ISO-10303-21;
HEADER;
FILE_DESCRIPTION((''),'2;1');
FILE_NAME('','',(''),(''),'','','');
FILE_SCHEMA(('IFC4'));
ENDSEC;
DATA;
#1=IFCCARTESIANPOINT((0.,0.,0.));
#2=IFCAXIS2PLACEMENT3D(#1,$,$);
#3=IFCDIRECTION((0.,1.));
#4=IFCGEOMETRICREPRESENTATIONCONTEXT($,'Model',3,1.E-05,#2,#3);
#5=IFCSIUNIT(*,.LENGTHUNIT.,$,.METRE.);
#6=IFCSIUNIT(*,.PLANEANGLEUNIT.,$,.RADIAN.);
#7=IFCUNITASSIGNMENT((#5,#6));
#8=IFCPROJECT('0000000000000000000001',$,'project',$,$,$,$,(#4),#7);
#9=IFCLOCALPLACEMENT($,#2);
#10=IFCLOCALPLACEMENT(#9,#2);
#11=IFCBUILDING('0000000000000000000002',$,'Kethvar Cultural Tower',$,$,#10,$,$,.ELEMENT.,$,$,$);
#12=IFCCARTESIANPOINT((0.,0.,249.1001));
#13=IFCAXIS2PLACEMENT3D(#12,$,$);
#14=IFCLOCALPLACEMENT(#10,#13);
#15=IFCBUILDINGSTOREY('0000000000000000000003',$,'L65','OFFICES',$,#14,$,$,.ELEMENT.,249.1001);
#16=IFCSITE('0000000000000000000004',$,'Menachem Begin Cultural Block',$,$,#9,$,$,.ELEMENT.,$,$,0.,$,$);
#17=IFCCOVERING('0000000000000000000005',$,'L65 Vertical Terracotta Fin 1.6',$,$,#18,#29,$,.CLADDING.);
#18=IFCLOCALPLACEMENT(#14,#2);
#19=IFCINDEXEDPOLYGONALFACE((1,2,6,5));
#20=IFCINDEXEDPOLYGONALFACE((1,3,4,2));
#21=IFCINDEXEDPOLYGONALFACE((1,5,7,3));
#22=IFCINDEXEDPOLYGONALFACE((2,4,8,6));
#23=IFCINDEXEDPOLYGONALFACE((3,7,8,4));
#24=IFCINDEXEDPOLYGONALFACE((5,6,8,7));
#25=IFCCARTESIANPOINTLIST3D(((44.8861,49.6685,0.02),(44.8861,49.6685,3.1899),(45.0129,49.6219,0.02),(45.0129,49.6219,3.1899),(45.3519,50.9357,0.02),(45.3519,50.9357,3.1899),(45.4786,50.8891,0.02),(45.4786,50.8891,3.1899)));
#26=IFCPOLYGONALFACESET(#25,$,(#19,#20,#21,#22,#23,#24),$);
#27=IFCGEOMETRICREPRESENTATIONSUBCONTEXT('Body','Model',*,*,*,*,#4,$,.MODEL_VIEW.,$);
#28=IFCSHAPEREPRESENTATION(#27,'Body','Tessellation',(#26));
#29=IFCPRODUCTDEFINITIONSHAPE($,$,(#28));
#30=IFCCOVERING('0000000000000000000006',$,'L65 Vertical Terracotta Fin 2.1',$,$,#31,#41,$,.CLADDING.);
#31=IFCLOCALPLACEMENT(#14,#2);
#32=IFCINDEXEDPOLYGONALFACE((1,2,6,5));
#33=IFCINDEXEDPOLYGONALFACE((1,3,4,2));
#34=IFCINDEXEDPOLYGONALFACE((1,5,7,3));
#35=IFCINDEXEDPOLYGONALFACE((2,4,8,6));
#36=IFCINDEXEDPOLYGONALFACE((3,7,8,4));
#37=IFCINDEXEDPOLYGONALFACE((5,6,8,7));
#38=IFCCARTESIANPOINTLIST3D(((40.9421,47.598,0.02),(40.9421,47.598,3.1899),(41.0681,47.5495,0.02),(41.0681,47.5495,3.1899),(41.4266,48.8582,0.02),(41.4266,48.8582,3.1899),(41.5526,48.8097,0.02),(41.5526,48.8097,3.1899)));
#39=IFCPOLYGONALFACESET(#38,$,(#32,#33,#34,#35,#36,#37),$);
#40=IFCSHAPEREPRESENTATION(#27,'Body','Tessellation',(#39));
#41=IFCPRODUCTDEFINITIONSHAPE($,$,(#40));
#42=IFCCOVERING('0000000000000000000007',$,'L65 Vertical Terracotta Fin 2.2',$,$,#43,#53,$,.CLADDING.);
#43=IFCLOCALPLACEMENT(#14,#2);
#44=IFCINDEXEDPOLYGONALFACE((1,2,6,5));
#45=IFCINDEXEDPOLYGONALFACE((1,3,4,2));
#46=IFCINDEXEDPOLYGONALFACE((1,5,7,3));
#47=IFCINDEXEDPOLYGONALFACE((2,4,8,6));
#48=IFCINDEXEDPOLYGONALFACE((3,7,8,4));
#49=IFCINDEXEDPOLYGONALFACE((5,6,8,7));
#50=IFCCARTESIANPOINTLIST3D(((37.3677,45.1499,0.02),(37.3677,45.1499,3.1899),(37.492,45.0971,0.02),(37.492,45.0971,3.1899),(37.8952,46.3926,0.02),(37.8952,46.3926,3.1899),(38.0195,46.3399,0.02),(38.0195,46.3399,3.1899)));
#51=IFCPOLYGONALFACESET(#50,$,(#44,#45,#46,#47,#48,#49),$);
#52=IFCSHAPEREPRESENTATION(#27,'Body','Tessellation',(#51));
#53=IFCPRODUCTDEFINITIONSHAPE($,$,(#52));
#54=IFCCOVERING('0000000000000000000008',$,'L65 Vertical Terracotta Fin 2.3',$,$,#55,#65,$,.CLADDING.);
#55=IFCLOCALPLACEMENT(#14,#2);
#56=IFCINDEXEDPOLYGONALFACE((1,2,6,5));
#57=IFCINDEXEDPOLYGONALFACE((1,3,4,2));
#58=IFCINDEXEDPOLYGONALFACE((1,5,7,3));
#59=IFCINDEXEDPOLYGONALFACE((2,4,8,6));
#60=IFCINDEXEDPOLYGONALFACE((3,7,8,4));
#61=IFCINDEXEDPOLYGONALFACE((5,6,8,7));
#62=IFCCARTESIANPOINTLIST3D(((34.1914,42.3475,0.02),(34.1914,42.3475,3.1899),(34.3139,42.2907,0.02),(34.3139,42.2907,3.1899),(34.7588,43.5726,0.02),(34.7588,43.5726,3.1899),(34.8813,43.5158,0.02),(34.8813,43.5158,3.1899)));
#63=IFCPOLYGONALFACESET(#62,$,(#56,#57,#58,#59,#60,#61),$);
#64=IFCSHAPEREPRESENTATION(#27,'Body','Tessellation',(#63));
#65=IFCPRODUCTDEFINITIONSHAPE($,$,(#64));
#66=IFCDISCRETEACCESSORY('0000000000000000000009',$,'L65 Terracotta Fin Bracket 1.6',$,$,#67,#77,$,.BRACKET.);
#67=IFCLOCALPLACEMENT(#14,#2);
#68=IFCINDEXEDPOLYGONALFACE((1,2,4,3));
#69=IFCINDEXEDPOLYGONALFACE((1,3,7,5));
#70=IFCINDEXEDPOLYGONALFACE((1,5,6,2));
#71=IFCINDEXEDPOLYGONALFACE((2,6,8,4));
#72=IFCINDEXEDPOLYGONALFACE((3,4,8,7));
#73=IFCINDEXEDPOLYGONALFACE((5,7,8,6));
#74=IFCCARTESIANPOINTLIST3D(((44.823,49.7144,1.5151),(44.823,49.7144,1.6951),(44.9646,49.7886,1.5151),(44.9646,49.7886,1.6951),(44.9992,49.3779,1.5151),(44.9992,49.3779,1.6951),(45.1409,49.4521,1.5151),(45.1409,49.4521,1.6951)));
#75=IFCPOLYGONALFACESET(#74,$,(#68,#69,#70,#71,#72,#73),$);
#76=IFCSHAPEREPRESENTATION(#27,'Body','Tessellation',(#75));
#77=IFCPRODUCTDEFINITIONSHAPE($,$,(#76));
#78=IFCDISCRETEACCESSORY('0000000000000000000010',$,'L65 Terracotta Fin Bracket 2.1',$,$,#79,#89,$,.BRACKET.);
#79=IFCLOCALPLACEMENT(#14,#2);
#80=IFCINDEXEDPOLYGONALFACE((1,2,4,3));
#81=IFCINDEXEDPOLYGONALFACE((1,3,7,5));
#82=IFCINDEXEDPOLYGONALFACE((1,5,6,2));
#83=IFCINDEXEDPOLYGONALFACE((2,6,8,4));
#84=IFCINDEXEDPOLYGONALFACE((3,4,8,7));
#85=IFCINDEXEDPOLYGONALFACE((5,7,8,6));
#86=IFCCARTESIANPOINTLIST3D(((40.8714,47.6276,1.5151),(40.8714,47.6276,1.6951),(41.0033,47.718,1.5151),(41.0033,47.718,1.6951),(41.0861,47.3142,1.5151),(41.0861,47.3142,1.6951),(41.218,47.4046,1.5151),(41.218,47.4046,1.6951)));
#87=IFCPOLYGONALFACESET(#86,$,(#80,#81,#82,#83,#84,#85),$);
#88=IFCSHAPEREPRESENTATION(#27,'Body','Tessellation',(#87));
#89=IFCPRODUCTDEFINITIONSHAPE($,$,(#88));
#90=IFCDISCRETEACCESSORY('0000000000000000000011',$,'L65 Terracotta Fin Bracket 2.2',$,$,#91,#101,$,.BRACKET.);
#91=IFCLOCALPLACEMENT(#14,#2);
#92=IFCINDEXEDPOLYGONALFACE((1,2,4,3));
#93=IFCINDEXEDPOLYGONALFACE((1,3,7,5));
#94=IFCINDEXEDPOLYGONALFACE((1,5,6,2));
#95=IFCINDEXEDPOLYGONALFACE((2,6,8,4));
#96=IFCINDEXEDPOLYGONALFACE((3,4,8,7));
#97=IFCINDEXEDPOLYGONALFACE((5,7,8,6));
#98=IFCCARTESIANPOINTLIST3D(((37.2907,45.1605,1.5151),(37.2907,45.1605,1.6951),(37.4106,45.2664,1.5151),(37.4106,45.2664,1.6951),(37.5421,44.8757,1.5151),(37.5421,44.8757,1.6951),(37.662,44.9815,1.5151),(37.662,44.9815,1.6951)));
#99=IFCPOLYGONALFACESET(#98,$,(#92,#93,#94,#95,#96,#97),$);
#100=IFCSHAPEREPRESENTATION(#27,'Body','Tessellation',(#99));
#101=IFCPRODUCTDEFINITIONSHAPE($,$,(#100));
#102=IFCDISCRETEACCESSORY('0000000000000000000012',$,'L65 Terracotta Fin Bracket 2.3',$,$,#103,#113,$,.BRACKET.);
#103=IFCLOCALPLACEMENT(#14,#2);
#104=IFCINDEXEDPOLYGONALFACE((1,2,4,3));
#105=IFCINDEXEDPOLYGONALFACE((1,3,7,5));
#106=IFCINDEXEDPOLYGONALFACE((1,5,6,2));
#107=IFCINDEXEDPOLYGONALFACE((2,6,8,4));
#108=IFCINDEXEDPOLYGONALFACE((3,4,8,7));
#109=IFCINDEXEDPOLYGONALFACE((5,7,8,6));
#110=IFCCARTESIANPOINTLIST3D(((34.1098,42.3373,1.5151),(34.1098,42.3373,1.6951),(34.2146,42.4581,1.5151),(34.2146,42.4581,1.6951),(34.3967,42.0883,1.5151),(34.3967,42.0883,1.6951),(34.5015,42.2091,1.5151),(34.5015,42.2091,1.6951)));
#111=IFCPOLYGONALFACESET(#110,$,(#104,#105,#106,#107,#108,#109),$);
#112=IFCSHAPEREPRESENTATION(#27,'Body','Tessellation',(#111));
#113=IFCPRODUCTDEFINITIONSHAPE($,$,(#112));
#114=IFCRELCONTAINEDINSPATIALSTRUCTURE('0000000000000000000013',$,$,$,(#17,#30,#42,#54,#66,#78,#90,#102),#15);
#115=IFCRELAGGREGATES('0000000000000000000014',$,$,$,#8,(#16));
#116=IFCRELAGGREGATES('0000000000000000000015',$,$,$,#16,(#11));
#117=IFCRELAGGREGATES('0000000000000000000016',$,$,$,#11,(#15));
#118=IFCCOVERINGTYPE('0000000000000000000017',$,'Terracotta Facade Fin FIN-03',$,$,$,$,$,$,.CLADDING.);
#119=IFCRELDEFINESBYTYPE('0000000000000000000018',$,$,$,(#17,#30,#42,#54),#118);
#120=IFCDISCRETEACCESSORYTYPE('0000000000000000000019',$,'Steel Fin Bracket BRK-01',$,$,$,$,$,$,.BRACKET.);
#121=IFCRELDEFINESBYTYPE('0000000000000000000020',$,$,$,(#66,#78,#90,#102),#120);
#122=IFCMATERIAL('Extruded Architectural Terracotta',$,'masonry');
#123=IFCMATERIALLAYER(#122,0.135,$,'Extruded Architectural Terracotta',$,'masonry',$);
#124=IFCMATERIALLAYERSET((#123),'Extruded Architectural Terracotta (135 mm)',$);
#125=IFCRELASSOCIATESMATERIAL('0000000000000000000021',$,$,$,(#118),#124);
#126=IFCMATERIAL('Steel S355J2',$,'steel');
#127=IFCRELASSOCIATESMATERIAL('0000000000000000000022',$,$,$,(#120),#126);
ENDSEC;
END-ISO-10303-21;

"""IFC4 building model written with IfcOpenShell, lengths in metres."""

from ifc_helpers import new_model, si_unit, direction, frame, origin, origin_2d, place, context, subcontext, project, spatial, rectangle, extrude, source, transform, mapped, material, layer, layer_set, type_object, element, save


model = new_model("IFC4")

# Units and contexts
model_context = context("Model", 3, precision=1e-05, world=origin(), true_north=direction((0.0, 1.0)))
body_context = subcontext(model_context, "Body", "Model", "MODEL_VIEW")
ifc_project = project(units=[si_unit("LENGTHUNIT", "METRE"), si_unit("PLANEANGLEUNIT", "RADIAN")], contexts=[model_context])

# Site, building, storey
site_placement = place(None, origin())
site = spatial("IfcSite", under=ifc_project, at=site_placement, Name="Menachem Begin Cultural Block", CompositionType="ELEMENT", RefElevation=0.0)
building_placement = place(site_placement, origin())
building = spatial("IfcBuilding", under=site, at=building_placement, Name="Kethvar Cultural Tower", CompositionType="ELEMENT")
storey_placement = place(building_placement, frame((0.0, 0.0, 249.1001)))
storey = spatial("IfcBuildingStorey", under=building, at=storey_placement, Name="L65", Description="OFFICES", CompositionType="ELEMENT", Elevation=249.1001)

# Shared definitions
ifc_material_1 = material(Name="Steel S355J2", Category="steel")

# Coverings
ifc_material_2 = material(Name="Extruded Architectural Terracotta", Category="masonry")
ifc_layer_1 = layer(ifc_material_2, 0.135, Name="Extruded Architectural Terracotta", Category="masonry")
ifc_layer_set_1 = layer_set([ifc_layer_1], Name="Extruded Architectural Terracotta (135 mm)")
covering_type = type_object("IfcCoveringType", Name="Terracotta Facade Fin FIN-03", PredefinedType="CLADDING", material=ifc_layer_set_1)
shared_shape_1 = source(origin(), body_context, "Body", "SweptSolid", [
    extrude(rectangle(XDim=1.3501, YDim=0.135, at=origin_2d()), origin(), (0.0, 0.0, 1.0), 3.1699),
])
for number, where, z_axis, x_axis, name in (
    (1, (45.1824, 50.2788, 0.02), (0.0, 0.0, 1.0), (0.344971, 0.938613, 0.0), "L65 Vertical Terracotta Fin 1.6"),
    (2, (41.2473, 48.2039, 0.02), (0.0, 0.0, 1.0), (0.358857, 0.933393, 0.0), "L65 Vertical Terracotta Fin 2.1"),
    (3, (37.6936, 45.7449, 0.02), (0.0, 0.0, 1.0), (0.390731, 0.920505, 0.0), "L65 Vertical Terracotta Fin 2.2"),
    (4, (34.5364, 42.9316, 0.02), (0.0, 0.0, 1.0), (0.420244, 0.907411, 0.0), "L65 Vertical Terracotta Fin 2.3"),
):
    element("IfcCovering", number, at=place(storey_placement, frame(where, z_axis=z_axis, x_axis=x_axis)), inside=storey, type_object=covering_type, Name=name, PredefinedType="CLADDING", context=body_context, shape_type="MappedRepresentation", body=[
        mapped(shared_shape_1, transform((0.0, 0.0, 0.0), scale=1.0)),
    ])

# Discrete accessories
discrete_accessory_type = type_object("IfcDiscreteAccessoryType", Name="Steel Fin Bracket BRK-01", PredefinedType="BRACKET", material=ifc_material_1)
shared_shape_2 = source(origin(), body_context, "Body", "SweptSolid", [
    extrude(rectangle(XDim=0.3799, YDim=0.1599, at=origin_2d()), origin(), (0.0, 0.0, 1.0), 0.1799),
])
for number, where, z_axis, x_axis, name in (
    (5, (44.9819, 49.5833, 1.5151), (0.0, 0.0, 1.0), (-0.463915, 0.88588, 0.0), "L65 Terracotta Fin Bracket 1.6"),
    (6, (41.0447, 47.5161, 1.5151), (0.0, 0.0, 1.0), (-0.565255, 0.824916, 0.0), "L65 Terracotta Fin Bracket 2.1"),
    (7, (37.4763, 45.071, 1.5151), (0.0, 0.0, 1.0), (-0.661705, 0.749765, 0.0), "L65 Terracotta Fin Bracket 2.2"),
    (8, (34.3057, 42.2732, 1.5151), (0.0, 0.0, 1.0), (-0.755282, 0.6554, 0.0), "L65 Terracotta Fin Bracket 2.3"),
):
    element("IfcDiscreteAccessory", number, at=place(storey_placement, frame(where, z_axis=z_axis, x_axis=x_axis)), inside=storey, type_object=discrete_accessory_type, Name=name, PredefinedType="BRACKET", context=body_context, shape_type="MappedRepresentation", body=[
        mapped(shared_shape_2, transform((0.0, 0.0, 0.0), scale=1.0)),
    ])

save(model, "model.ifc")
